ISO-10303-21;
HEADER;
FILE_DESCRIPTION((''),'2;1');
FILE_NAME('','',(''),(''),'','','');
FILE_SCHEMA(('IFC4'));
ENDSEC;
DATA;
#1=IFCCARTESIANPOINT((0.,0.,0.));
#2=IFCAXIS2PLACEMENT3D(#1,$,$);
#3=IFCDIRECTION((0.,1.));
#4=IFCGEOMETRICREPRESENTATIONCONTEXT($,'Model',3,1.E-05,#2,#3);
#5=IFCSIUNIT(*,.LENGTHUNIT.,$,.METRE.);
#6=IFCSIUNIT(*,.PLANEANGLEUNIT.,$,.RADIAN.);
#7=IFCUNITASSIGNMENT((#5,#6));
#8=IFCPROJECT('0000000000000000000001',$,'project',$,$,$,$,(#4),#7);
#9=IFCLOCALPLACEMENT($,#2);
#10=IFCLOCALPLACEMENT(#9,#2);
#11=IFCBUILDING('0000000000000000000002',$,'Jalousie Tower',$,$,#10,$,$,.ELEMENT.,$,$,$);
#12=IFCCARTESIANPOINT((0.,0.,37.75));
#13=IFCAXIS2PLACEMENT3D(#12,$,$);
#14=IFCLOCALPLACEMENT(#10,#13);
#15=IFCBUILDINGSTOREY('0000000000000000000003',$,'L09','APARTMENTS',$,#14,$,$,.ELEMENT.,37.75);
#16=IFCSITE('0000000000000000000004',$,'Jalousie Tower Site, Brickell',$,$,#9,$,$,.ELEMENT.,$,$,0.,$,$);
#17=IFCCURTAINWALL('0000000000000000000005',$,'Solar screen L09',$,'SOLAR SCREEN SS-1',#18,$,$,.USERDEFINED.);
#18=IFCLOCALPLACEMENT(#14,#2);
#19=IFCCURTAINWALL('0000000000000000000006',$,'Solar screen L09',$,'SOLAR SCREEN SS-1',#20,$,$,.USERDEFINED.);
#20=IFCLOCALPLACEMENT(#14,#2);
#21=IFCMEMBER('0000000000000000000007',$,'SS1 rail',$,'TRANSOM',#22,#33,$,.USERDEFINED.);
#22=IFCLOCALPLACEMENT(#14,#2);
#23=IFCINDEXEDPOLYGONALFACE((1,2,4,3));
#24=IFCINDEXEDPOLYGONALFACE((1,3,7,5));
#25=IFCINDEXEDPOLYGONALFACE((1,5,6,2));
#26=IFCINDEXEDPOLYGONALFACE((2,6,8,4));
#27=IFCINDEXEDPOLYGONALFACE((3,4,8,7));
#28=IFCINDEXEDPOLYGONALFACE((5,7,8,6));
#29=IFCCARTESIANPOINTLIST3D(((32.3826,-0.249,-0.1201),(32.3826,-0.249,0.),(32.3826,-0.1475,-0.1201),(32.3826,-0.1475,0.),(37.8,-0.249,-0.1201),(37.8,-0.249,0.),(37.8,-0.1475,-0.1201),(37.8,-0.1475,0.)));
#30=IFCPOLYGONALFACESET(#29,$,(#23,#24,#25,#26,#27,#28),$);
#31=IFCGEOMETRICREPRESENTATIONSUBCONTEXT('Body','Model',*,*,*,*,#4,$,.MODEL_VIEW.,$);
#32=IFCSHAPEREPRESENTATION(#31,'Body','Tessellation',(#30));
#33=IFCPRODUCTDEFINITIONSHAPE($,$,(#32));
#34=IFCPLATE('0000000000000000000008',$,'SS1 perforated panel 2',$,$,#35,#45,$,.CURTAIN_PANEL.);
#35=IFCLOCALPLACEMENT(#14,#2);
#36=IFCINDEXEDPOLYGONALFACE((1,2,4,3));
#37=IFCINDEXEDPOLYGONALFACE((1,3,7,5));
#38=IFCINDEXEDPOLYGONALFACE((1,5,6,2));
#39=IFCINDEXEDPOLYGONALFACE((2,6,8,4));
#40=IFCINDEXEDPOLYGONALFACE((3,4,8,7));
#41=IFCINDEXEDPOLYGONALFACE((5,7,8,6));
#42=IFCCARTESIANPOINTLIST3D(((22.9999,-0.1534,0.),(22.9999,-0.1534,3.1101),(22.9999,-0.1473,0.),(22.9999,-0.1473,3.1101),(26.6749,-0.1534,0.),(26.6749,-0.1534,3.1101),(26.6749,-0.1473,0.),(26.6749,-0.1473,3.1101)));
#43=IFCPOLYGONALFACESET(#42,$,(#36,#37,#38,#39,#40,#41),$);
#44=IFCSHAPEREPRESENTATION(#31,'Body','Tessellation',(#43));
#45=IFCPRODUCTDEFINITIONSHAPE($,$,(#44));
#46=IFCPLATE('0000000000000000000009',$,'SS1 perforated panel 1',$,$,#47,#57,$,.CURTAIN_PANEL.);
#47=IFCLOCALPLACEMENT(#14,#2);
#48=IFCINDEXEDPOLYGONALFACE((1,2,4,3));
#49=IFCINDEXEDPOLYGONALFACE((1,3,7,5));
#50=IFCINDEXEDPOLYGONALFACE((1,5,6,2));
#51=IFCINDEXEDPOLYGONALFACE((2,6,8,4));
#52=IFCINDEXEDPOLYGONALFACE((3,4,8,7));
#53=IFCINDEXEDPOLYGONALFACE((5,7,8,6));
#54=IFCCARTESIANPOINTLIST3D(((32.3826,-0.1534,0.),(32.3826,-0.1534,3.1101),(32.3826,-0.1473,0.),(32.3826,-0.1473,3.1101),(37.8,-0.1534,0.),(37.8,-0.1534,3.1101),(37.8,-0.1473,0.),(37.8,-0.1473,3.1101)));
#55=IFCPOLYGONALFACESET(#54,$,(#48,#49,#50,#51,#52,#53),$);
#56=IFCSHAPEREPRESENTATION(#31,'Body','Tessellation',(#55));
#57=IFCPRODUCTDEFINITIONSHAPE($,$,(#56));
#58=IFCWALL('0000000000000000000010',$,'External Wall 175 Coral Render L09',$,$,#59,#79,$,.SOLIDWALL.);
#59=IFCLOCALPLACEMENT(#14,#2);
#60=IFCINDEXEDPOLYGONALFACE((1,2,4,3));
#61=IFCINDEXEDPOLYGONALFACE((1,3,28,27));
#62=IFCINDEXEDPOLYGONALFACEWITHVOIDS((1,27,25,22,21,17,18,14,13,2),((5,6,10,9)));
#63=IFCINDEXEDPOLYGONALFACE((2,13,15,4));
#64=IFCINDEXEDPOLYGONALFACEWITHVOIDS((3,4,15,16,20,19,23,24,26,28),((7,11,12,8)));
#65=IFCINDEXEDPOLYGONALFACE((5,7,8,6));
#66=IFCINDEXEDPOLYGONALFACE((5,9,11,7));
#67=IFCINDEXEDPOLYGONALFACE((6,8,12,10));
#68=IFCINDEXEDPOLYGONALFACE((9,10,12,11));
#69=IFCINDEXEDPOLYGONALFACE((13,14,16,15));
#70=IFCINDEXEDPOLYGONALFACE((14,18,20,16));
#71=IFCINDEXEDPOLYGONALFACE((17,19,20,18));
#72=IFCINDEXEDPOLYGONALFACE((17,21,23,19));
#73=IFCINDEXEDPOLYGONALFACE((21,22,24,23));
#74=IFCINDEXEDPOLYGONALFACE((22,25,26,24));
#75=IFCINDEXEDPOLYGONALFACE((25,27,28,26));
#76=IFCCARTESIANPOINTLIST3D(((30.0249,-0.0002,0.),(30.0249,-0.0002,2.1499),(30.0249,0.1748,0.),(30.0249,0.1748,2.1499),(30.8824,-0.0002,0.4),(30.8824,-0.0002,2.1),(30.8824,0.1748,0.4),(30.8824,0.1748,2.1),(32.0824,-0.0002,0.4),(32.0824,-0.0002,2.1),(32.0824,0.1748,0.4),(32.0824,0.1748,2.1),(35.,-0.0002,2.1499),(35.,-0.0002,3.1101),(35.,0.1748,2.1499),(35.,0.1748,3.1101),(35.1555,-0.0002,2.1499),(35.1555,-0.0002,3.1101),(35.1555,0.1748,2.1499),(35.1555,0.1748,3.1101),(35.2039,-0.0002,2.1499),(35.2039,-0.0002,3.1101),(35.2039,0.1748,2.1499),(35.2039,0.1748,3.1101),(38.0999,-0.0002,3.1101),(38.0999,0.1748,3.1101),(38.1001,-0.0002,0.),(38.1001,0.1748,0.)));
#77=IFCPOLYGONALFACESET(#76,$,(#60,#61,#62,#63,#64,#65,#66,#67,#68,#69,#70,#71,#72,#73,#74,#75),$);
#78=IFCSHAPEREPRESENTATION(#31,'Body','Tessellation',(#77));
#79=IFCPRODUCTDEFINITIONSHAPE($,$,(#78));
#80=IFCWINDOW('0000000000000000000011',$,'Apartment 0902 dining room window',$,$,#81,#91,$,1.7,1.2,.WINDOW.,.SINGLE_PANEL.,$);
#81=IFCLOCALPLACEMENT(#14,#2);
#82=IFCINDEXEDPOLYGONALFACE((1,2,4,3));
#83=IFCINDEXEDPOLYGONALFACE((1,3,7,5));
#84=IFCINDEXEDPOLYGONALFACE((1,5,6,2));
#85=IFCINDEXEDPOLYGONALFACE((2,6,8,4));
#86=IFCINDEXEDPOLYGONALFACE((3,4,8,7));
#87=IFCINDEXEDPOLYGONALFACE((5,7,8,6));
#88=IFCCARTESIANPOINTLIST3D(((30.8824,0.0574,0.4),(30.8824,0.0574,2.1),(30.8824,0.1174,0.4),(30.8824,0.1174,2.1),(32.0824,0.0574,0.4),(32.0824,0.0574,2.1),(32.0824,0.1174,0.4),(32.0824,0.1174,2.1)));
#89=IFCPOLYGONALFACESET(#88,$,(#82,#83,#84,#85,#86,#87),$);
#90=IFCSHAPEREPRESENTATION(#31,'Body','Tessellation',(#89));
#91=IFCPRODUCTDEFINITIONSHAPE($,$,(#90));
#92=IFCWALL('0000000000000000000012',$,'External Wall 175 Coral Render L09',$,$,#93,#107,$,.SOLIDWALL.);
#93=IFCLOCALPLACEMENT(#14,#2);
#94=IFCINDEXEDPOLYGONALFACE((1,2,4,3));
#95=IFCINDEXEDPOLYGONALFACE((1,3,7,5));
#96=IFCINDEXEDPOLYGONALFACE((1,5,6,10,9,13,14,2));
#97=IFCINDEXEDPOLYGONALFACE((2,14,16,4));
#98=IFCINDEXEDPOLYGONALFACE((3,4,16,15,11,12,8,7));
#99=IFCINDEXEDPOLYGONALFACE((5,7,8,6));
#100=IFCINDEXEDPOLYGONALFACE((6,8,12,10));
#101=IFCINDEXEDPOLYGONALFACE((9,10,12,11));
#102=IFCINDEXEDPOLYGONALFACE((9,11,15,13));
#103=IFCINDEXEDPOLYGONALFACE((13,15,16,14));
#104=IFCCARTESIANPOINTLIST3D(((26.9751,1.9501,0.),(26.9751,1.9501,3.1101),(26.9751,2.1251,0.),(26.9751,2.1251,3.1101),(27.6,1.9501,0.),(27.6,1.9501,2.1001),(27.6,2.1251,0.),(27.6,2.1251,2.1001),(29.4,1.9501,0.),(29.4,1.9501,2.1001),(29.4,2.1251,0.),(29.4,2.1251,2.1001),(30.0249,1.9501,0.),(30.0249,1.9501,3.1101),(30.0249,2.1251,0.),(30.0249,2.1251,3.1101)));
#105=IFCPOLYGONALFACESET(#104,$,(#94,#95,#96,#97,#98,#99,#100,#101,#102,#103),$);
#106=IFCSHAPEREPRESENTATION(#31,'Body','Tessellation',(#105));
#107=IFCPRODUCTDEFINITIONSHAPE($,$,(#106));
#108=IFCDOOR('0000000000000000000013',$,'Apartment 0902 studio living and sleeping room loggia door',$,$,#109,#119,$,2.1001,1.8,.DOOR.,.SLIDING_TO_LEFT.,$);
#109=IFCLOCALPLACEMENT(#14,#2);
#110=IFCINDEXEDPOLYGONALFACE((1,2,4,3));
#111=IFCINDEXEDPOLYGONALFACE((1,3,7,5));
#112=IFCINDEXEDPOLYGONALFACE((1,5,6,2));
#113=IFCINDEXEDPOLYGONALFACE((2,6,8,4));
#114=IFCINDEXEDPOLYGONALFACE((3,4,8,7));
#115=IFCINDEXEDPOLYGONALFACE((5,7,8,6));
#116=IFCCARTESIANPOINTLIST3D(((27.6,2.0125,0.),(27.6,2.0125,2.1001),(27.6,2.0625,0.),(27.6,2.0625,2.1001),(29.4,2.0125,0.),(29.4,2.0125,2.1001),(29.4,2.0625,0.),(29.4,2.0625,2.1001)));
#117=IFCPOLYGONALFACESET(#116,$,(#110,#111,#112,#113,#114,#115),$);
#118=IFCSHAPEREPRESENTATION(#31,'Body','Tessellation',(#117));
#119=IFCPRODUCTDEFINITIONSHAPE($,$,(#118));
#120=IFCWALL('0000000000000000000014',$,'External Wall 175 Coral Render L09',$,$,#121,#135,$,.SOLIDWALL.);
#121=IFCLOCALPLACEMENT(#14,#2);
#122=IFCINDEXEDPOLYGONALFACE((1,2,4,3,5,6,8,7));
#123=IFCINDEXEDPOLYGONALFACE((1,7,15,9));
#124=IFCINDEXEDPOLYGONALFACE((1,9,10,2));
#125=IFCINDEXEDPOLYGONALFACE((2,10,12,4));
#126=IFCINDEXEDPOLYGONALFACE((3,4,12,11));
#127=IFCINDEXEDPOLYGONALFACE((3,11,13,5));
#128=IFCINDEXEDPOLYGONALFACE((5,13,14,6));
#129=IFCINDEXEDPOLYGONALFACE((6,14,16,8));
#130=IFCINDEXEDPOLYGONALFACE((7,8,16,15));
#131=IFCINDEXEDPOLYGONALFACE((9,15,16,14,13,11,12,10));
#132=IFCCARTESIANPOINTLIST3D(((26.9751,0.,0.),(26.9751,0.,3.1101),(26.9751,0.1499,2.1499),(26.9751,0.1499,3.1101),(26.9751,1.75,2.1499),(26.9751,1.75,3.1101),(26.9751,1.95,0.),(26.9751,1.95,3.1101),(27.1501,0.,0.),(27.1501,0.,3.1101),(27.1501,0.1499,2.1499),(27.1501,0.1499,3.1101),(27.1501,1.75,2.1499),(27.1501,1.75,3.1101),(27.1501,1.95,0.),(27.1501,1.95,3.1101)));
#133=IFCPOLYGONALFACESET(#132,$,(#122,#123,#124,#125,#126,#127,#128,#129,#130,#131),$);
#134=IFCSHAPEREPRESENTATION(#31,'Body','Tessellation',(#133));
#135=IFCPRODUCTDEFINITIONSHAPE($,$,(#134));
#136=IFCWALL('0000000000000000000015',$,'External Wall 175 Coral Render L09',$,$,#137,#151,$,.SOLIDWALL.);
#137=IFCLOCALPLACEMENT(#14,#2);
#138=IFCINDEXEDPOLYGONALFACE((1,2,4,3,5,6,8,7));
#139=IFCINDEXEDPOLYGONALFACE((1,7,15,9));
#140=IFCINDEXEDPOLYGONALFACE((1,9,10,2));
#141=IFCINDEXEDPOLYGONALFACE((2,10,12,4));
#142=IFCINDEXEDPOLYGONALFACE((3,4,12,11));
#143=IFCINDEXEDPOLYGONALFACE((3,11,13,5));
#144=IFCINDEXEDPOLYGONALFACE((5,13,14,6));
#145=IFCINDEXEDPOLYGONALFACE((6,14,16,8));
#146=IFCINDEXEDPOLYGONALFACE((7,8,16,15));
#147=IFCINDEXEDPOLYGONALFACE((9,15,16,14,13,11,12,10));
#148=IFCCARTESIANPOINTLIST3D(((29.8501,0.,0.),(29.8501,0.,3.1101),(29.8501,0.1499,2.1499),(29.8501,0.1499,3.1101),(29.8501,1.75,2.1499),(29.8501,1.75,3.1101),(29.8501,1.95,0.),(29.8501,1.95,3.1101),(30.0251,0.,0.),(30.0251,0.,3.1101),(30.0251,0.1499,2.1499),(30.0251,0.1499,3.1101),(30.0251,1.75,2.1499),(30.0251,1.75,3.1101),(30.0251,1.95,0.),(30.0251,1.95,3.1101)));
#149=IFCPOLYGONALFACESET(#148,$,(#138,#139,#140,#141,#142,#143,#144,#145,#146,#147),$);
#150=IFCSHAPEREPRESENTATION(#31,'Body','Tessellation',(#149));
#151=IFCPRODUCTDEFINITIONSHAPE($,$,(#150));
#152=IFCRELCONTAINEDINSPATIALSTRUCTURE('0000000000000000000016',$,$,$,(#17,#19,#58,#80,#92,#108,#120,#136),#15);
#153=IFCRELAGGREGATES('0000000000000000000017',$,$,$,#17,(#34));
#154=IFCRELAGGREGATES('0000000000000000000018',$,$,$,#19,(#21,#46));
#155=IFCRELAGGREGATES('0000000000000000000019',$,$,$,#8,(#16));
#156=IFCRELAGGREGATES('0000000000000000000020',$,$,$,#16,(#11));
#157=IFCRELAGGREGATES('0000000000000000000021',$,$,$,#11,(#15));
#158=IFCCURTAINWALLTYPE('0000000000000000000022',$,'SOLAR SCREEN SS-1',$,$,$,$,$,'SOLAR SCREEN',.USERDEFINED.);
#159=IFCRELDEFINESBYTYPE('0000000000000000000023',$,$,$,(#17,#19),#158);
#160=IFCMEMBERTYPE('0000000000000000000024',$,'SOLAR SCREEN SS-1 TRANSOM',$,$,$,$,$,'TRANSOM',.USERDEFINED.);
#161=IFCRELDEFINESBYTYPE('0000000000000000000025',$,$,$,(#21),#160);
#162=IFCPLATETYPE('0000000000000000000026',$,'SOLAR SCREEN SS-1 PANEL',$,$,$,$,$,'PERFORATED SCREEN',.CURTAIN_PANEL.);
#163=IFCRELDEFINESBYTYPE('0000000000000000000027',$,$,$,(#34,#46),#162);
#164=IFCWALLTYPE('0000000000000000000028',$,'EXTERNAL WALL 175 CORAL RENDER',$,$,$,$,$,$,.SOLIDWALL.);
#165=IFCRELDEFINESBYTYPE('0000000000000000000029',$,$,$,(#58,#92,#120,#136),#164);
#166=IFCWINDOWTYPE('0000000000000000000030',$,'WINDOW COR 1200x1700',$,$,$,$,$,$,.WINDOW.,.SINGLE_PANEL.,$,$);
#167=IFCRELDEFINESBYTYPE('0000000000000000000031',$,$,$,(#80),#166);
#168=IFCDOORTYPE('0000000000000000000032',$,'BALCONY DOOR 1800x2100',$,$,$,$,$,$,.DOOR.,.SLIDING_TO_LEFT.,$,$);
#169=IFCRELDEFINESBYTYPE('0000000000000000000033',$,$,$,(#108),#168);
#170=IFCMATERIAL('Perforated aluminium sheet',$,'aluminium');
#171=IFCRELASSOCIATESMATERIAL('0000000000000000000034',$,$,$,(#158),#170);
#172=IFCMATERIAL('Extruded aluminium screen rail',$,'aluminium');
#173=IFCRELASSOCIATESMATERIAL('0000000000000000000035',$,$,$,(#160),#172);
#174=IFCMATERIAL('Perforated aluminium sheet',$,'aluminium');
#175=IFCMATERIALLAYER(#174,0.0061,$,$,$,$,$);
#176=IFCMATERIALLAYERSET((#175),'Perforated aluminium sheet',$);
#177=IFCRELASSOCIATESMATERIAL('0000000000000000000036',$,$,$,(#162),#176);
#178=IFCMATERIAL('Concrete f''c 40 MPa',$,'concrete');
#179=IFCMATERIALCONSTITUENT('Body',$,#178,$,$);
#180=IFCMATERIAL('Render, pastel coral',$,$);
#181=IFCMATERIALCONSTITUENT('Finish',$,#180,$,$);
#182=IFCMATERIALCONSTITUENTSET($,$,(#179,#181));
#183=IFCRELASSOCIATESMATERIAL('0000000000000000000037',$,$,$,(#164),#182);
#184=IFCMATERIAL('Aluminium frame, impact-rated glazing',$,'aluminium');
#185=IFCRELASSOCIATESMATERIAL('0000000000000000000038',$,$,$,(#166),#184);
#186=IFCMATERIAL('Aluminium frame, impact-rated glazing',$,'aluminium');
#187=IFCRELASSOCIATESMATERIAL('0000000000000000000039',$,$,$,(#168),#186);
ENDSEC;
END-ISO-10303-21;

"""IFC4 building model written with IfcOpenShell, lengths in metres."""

from ifc_helpers import new_model, si_unit, direction, frame, frame_2d, origin, origin_2d, place, context, subcontext, project, spatial, polyline, rectangle, outline, extrude, material, layer, layer_set, constituent, constituent_set, material_profile, profile_set, type_object, element, fill, aggregate, save


model = new_model("IFC4")

# Units and contexts
model_context = context("Model", 3, precision=1e-05, world=origin(), true_north=direction((0.0, 1.0)))
body_context = subcontext(model_context, "Body", "Model", "MODEL_VIEW")
ifc_project = project(units=[si_unit("LENGTHUNIT", "METRE"), si_unit("PLANEANGLEUNIT", "RADIAN")], contexts=[model_context])

# Site, building, storey
site_placement = place(None, origin())
site = spatial("IfcSite", under=ifc_project, at=site_placement, Name="Jalousie Tower Site, Brickell", CompositionType="ELEMENT", RefElevation=0.0)
building_placement = place(site_placement, origin())
building = spatial("IfcBuilding", under=site, at=building_placement, Name="Jalousie Tower", CompositionType="ELEMENT")
storey_placement = place(building_placement, frame((0.0, 0.0, 37.75)))
storey = spatial("IfcBuildingStorey", under=building, at=storey_placement, Name="L09", Description="APARTMENTS", CompositionType="ELEMENT", Elevation=37.75)

# Curtain wall
ifc_material_1 = material(Name="Perforated aluminium sheet", Category="aluminium")
curtain_wall_type = type_object("IfcCurtainWallType", Name="SOLAR SCREEN SS-1", ElementType="SOLAR SCREEN", PredefinedType="USERDEFINED", material=ifc_material_1)
curtain_wall_1_placement = place(storey_placement, origin())
curtain_wall_1 = element("IfcCurtainWall", 1, at=curtain_wall_1_placement, inside=storey, type_object=curtain_wall_type, Name="Solar screen L09", ObjectType="SOLAR SCREEN SS-1", PredefinedType="USERDEFINED")

# Curtain wall, member
curtain_wall_2_placement = place(storey_placement, origin())
curtain_wall_2 = element("IfcCurtainWall", 2, at=curtain_wall_2_placement, inside=storey, type_object=curtain_wall_type, Name="Solar screen L09", ObjectType="SOLAR SCREEN SS-1", PredefinedType="USERDEFINED")
ifc_material_2 = material(Name="Extruded aluminium screen rail", Category="aluminium")
ifc_material_profile_1 = material_profile(ifc_material_2, rectangle(XDim=0.1016, YDim=0.1201, at=origin_2d()), Name="RAIL 102x120")
ifc_profile_set_1 = profile_set([ifc_material_profile_1], Name="Extruded aluminium screen rail")
member_type_1 = type_object("IfcMemberType", Name="SOLAR SCREEN SS-1 TRANSOM", ElementType="TRANSOM", PredefinedType="USERDEFINED", material=ifc_profile_set_1)
member_1_placement = place(storey_placement, frame((32.3826, -0.1982, -0.0601), z_axis=(1.0, 0.0, 0.0), x_axis=(0.0, 1.0, 0.0)))
member_1 = element("IfcMember", 3, at=member_1_placement, type_object=member_type_1, Name="SS1 rail", ObjectType="TRANSOM", PredefinedType="USERDEFINED", context=body_context, shape_type="SweptSolid", body=[
    extrude(rectangle(XDim=0.1016, YDim=0.1201, at=origin_2d()), origin(), (0.0, 0.0, 1.0), 5.4175),
])

# Plates
ifc_material_3 = material(Name="Perforated aluminium sheet", Category="aluminium")
ifc_layer_1 = layer(ifc_material_3, 0.0061)
ifc_layer_set_1 = layer_set([ifc_layer_1], Name="Perforated aluminium sheet")
plate_type = type_object("IfcPlateType", Name="SOLAR SCREEN SS-1 PANEL", ElementType="PERFORATED SCREEN", PredefinedType="CURTAIN_PANEL", material=ifc_layer_set_1)
plate_1_placement = place(storey_placement, frame((24.8374, -0.1504, 0.0), z_axis=(0.0, 0.0, 1.0), x_axis=(1.0, 0.0, 0.0)))
plate_1 = element("IfcPlate", 4, at=plate_1_placement, type_object=plate_type, Name="SS1 perforated panel 2", PredefinedType="CURTAIN_PANEL", context=body_context, shape_type="SweptSolid", body=[
    extrude(rectangle(XDim=3.675, YDim=0.0061, at=origin_2d()), origin(), (0.0, 0.0, 1.0), 3.1101),
])
aggregate(curtain_wall_1, [plate_1])
plate_2_placement = place(storey_placement, frame((35.0913, -0.1504, 0.0), z_axis=(0.0, 0.0, 1.0), x_axis=(1.0, 0.0, 0.0)))
plate_2 = element("IfcPlate", 5, at=plate_2_placement, type_object=plate_type, Name="SS1 perforated panel 1", PredefinedType="CURTAIN_PANEL", context=body_context, shape_type="SweptSolid", body=[
    extrude(rectangle(XDim=5.4175, YDim=0.0061, at=origin_2d()), origin(), (0.0, 0.0, 1.0), 3.1101),
])
aggregate(curtain_wall_2, [member_1, plate_2])

# Wall, opening, window
ifc_material_4 = material(Name="Concrete f'c 40 MPa", Category="concrete")
ifc_constituent_1 = constituent(ifc_material_4, Name="Body")
ifc_material_5 = material(Name="Render, pastel coral")
ifc_constituent_2 = constituent(ifc_material_5, Name="Finish")
ifc_constituent_set_1 = constituent_set(constituents=[ifc_constituent_1, ifc_constituent_2])
wall_type_1 = type_object("IfcWallType", Name="EXTERNAL WALL 175 CORAL RENDER", PredefinedType="SOLIDWALL", material=ifc_constituent_set_1)
wall_1_placement = place(storey_placement, frame((30.0249, 0.0874, 0.0), z_axis=(0.0, 0.0, 1.0), x_axis=(1.0, 0.0, 0.0)))
wall_1 = element("IfcWall", 6, at=wall_1_placement, inside=storey, type_object=wall_type_1, Name="External Wall 175 Coral Render L09", PredefinedType="SOLIDWALL", context=body_context, shape_type="SweptSolid", body=[
    extrude(outline(polyline([(0.0, 0.0), (8.0752, 0.0), (8.075, 3.1101), (5.179, 3.1101), (5.179, 2.1499), (5.1306, 2.1499), (5.1306, 3.1101), (4.9751, 3.1101), (4.9751, 2.1499), (0.0, 2.1499), (0.0, 0.0)])), frame((0.0, 0.0874, 0.0), z_axis=(0.0, -1.0, 0.0), x_axis=(1.0, 0.0, 0.0)), (0.0, 0.0, 1.0), 0.175),
])
opening_1_placement = place(wall_1_placement, frame((0.8574, 0.0, 0.3999)))
opening_1 = element("IfcOpeningElement", 7, at=opening_1_placement, cuts=wall_1, PredefinedType="OPENING", context=body_context, shape_type="SweptSolid", body=[
    extrude(rectangle(XDim=1.2, YDim=1.7, at=frame_2d((0.6001, 0.8501))), frame((0.0, 0.0974, 0.0), z_axis=(0.0, -1.0, 0.0), x_axis=(1.0, 0.0, 0.0)), (0.0, 0.0, 1.0), 0.1951),
])
ifc_material_6 = material(Name="Aluminium frame, impact-rated glazing", Category="aluminium")
window_type = type_object("IfcWindowType", Name="WINDOW COR 1200x1700", PartitioningType="SINGLE_PANEL", PredefinedType="WINDOW", material=ifc_material_6)
window_placement = place(opening_1_placement, origin())
window = element("IfcWindow", 8, at=window_placement, inside=storey, type_object=window_type, Name="Apartment 0902 dining room window", OverallHeight=1.7, OverallWidth=1.2, PartitioningType="SINGLE_PANEL", PredefinedType="WINDOW", context=body_context, shape_type="SweptSolid", body=[
    extrude(rectangle(XDim=1.2, YDim=1.7, at=frame_2d((0.6001, 0.8501))), frame((0.0, 0.03, 0.0), z_axis=(0.0, -1.0, 0.0), x_axis=(1.0, 0.0, 0.0)), (0.0, 0.0, 1.0), 0.0601),
])
fill(opening_1, window)

# Wall, opening, door
wall_2_placement = place(storey_placement, frame((26.9751, 2.0376, 0.0), z_axis=(0.0, 0.0, 1.0), x_axis=(1.0, 0.0, 0.0)))
wall_2 = element("IfcWall", 9, at=wall_2_placement, inside=storey, type_object=wall_type_1, Name="External Wall 175 Coral Render L09", PredefinedType="SOLIDWALL", context=body_context, shape_type="SweptSolid", body=[
    extrude(rectangle(XDim=3.0498, YDim=0.175, at=frame_2d((1.5249, 0.0))), origin(), (0.0, 0.0, 1.0), 3.1101),
])
opening_2_placement = place(wall_2_placement, frame((0.625, 0.0, 0.0)))
opening_2 = element("IfcOpeningElement", 10, at=opening_2_placement, cuts=wall_2, PredefinedType="OPENING", context=body_context, shape_type="SweptSolid", body=[
    extrude(rectangle(XDim=1.8, YDim=2.1001, at=frame_2d((0.8999, 1.05))), frame((0.0, 0.0974, 0.0), z_axis=(0.0, -1.0, 0.0), x_axis=(1.0, 0.0, 0.0)), (0.0, 0.0, 1.0), 0.1951),
])
ifc_material_7 = material(Name="Aluminium frame, impact-rated glazing", Category="aluminium")
door_type_1 = type_object("IfcDoorType", Name="BALCONY DOOR 1800x2100", OperationType="SLIDING_TO_LEFT", PredefinedType="DOOR", material=ifc_material_7)
door_1_placement = place(opening_2_placement, origin())
door_1 = element("IfcDoor", 11, at=door_1_placement, inside=storey, type_object=door_type_1, Name="Apartment 0902 studio living and sleeping room loggia door", OperationType="SLIDING_TO_LEFT", OverallHeight=2.1001, OverallWidth=1.8, PredefinedType="DOOR", context=body_context, shape_type="SweptSolid", body=[
    extrude(rectangle(XDim=1.8, YDim=2.1001, at=frame_2d((0.8999, 1.05))), frame((0.0, 0.0249, 0.0), z_axis=(0.0, -1.0, 0.0), x_axis=(1.0, 0.0, 0.0)), (0.0, 0.0, 1.0), 0.05),
])
fill(opening_2, door_1)

# Walls
for number, where, z_axis, x_axis, name in (
    (12, (27.0625, 0.0, 0.0), (0.0, 0.0, 1.0), (0.0, 1.0, 0.0), "External Wall 175 Coral Render L09"),
    (13, (29.9375, 0.0, 0.0), (0.0, 0.0, 1.0), (0.0, 1.0, 0.0), "External Wall 175 Coral Render L09"),
):
    element("IfcWall", number, at=place(storey_placement, frame(where, z_axis=z_axis, x_axis=x_axis)), inside=storey, type_object=wall_type_1, Name=name, PredefinedType="SOLIDWALL", context=body_context, shape_type="SweptSolid", body=[
        extrude(outline(polyline([(0.0, 0.0), (1.95, 0.0), (1.95, 3.1101), (1.75, 3.1101), (1.75, 2.1499), (0.1499, 2.1499), (0.1499, 3.1101), (0.0, 3.1101), (0.0, 0.0)])), frame((0.0, 0.0874, 0.0), z_axis=(0.0, -1.0, 0.0), x_axis=(1.0, 0.0, 0.0)), (0.0, 0.0, 1.0), 0.175),
    ])

save(model, "model.ifc")
